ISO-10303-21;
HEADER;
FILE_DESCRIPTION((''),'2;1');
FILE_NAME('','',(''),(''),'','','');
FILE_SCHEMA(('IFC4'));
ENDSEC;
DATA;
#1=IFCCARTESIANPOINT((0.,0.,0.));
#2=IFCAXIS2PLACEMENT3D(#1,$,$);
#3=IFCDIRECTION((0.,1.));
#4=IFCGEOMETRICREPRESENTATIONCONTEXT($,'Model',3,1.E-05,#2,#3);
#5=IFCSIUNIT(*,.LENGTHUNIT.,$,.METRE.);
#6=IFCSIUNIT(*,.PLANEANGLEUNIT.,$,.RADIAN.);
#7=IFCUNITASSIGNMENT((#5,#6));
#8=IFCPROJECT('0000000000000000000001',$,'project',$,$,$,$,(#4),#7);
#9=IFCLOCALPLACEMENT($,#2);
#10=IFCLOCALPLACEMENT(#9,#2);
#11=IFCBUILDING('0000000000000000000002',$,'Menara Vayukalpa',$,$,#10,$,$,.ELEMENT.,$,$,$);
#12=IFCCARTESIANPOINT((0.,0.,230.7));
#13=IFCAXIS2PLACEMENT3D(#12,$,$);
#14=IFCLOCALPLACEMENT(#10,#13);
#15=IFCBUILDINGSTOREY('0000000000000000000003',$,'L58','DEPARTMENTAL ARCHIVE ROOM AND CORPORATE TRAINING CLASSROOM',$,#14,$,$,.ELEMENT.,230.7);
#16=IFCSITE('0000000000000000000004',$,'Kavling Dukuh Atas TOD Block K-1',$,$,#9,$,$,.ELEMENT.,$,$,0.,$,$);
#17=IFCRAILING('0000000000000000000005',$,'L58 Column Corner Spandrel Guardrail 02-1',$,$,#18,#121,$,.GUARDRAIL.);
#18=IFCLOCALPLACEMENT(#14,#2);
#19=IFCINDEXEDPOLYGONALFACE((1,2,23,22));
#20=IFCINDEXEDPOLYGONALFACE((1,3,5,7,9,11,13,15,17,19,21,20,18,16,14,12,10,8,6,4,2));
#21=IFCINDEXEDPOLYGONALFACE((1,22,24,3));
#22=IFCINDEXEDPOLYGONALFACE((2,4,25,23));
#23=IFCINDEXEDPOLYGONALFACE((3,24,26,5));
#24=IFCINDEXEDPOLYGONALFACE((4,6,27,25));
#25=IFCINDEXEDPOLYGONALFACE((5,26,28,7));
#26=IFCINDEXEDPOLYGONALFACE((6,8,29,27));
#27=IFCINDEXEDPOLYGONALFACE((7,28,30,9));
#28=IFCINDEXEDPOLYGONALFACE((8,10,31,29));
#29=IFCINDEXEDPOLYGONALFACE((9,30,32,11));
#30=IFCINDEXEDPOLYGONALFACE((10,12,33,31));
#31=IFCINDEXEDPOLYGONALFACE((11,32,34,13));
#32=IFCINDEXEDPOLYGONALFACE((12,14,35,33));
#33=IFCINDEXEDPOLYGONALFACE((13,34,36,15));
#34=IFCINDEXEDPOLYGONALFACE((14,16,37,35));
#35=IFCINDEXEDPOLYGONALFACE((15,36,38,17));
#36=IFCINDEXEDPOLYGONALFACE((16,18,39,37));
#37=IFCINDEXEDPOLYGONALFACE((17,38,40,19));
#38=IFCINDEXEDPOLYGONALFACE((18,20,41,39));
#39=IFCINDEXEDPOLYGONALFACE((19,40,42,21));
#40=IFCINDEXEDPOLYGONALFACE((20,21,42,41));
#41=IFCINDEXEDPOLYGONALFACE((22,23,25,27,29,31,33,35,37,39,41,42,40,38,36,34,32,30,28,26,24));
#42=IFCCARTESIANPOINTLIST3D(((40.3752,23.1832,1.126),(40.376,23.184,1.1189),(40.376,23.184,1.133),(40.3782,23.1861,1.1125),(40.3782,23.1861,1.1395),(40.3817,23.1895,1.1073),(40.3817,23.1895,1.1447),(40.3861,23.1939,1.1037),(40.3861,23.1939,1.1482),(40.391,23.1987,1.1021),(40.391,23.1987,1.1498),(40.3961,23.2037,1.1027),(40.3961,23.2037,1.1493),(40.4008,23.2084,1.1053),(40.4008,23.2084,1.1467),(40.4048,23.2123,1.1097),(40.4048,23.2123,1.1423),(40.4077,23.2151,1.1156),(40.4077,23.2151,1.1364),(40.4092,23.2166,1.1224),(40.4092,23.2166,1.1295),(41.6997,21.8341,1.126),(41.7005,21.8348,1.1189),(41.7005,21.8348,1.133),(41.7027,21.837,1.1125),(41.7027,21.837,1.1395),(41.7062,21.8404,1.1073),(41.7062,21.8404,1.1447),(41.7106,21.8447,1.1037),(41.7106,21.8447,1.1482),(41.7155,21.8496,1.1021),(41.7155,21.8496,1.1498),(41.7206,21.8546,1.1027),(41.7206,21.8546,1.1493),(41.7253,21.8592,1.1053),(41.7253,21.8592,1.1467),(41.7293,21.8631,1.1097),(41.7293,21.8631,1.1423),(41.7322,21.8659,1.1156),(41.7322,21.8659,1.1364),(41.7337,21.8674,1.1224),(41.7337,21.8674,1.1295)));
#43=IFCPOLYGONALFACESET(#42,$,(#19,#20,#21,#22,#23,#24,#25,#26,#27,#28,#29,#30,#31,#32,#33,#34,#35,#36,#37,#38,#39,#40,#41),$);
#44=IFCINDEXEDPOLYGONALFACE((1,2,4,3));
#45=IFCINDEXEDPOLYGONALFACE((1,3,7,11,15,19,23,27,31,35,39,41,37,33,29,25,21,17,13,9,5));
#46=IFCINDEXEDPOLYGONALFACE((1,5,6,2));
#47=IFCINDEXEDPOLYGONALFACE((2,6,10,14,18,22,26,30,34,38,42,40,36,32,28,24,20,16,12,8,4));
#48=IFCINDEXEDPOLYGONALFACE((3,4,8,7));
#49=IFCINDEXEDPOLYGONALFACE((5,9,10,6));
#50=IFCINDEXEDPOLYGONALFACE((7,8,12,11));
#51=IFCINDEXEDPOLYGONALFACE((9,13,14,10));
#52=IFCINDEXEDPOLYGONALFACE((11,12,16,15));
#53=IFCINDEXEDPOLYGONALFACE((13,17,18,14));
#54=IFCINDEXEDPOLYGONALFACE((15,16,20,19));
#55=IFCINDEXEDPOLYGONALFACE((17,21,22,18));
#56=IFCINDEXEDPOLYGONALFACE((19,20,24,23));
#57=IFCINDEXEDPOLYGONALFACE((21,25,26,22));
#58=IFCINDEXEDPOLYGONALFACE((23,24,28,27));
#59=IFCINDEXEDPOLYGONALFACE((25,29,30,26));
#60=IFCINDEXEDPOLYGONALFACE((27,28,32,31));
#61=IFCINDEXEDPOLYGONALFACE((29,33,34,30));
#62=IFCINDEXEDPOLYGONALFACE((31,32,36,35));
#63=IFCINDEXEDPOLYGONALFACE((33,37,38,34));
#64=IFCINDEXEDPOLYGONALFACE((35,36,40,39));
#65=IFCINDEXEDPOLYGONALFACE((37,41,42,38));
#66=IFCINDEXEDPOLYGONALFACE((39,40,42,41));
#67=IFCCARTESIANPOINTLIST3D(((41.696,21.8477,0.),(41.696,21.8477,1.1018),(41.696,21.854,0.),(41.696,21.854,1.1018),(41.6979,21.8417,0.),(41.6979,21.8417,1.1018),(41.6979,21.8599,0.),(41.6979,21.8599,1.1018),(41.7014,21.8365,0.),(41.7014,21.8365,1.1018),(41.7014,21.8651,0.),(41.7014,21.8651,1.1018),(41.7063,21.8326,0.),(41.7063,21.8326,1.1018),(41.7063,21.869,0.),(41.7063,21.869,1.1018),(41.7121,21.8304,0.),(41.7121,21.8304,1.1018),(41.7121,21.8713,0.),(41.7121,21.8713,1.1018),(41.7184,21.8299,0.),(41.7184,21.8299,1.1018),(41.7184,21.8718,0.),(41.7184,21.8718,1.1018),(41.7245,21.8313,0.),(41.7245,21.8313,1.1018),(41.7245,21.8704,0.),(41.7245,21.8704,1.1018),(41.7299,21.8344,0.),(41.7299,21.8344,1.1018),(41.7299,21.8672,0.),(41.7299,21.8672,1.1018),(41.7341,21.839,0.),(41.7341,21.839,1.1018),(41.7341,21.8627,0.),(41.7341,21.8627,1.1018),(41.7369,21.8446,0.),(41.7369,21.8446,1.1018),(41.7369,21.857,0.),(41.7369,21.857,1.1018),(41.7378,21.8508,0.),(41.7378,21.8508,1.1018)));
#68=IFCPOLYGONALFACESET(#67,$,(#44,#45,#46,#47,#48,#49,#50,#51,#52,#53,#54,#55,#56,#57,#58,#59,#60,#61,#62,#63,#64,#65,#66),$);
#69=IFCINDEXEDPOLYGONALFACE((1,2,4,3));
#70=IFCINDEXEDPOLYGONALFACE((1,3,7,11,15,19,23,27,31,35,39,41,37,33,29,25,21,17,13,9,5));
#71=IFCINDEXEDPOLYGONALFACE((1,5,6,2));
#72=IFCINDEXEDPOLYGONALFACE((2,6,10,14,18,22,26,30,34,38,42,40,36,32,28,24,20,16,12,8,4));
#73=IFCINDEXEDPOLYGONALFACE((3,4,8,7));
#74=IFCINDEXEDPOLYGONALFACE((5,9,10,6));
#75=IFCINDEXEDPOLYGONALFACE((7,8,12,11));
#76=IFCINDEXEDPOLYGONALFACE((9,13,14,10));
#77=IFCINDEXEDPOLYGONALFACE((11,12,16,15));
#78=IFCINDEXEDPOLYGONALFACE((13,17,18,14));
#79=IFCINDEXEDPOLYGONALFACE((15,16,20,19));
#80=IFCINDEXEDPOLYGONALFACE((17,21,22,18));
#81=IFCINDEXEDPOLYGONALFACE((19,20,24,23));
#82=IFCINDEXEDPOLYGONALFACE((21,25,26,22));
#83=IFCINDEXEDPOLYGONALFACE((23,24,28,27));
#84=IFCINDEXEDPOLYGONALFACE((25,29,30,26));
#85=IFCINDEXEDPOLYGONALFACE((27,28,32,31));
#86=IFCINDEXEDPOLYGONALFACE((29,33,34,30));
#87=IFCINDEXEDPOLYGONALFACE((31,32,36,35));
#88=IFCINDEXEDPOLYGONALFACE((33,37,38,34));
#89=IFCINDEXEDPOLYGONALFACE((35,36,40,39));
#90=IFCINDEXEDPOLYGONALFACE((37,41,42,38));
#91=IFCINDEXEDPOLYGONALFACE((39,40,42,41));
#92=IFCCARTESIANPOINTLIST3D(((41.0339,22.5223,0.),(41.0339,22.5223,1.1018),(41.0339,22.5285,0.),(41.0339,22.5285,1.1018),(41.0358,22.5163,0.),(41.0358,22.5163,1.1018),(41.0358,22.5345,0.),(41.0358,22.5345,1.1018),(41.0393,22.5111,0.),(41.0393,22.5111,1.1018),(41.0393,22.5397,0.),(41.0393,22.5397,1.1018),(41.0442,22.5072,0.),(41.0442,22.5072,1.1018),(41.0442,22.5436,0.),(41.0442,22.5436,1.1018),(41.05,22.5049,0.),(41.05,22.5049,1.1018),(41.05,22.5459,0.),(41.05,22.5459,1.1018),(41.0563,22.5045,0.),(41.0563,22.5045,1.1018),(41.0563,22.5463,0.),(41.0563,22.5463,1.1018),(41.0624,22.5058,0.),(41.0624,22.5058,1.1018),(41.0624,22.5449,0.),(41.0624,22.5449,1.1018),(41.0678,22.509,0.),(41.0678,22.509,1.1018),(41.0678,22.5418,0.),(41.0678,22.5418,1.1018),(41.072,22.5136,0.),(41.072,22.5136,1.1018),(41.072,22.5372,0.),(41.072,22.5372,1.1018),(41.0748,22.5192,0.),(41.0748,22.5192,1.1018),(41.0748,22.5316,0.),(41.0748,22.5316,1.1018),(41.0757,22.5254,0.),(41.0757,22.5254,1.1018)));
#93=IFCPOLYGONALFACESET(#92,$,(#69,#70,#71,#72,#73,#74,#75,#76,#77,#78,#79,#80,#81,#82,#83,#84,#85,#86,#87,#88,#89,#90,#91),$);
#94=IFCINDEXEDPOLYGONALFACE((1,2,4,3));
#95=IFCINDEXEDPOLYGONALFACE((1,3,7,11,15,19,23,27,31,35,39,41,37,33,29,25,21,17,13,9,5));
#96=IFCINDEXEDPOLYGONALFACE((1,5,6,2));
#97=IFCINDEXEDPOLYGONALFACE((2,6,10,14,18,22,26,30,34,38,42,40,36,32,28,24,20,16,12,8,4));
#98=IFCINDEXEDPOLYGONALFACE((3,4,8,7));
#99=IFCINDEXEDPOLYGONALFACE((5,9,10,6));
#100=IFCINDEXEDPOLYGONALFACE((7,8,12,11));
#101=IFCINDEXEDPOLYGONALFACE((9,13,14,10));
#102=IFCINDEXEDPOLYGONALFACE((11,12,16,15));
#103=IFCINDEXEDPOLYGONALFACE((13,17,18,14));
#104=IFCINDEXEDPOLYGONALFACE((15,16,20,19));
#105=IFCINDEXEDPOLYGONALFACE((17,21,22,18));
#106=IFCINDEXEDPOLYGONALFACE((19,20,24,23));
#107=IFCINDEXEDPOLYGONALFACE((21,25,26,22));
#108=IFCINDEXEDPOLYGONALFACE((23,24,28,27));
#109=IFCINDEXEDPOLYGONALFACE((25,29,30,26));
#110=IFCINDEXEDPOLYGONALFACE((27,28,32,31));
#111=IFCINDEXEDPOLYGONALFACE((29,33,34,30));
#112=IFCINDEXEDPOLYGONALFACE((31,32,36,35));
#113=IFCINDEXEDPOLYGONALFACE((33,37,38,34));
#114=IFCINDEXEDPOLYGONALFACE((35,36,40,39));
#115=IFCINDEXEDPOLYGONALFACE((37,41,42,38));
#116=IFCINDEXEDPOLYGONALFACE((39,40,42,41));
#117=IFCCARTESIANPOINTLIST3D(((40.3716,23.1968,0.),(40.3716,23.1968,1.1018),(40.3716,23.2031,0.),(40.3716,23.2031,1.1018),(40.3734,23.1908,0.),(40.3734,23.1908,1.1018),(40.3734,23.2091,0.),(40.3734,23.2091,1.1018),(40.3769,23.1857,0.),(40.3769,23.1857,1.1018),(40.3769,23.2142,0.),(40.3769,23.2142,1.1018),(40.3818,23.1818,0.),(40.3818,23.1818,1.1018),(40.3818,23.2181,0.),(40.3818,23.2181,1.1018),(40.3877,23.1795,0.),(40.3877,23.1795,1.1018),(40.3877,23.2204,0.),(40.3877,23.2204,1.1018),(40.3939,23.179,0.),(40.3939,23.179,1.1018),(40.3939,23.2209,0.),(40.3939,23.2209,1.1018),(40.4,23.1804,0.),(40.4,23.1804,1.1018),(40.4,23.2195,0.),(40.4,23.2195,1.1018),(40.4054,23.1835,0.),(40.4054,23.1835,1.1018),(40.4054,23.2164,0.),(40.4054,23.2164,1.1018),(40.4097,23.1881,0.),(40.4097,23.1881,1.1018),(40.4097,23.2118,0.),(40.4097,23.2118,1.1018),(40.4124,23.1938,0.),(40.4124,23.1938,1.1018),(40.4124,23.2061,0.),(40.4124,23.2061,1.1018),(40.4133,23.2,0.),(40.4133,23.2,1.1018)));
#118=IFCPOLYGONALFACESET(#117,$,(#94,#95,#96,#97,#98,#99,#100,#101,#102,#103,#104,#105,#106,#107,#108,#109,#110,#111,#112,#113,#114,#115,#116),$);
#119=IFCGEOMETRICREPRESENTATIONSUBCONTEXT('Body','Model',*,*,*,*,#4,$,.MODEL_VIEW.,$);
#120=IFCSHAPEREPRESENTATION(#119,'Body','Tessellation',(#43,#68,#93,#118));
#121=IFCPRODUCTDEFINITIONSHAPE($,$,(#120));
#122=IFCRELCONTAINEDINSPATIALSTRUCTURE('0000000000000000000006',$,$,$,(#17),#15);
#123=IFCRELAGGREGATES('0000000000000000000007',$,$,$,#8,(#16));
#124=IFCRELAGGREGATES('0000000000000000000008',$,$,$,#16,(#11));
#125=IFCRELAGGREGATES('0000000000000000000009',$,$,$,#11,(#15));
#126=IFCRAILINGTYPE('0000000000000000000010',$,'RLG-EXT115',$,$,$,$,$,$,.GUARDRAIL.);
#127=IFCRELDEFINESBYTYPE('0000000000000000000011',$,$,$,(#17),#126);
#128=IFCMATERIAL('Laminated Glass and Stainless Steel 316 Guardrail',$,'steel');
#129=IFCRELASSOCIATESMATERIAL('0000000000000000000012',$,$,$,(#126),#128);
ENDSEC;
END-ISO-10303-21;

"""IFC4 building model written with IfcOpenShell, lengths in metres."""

from ifc_helpers import new_model, si_unit, direction, frame, origin, origin_2d, place, context, subcontext, project, spatial, circle, extrude, material, type_object, element, save


model = new_model("IFC4")

# Units and contexts
model_context = context("Model", 3, precision=1e-05, world=origin(), true_north=direction((0.0, 1.0)))
body_context = subcontext(model_context, "Body", "Model", "MODEL_VIEW")
ifc_project = project(units=[si_unit("LENGTHUNIT", "METRE"), si_unit("PLANEANGLEUNIT", "RADIAN")], contexts=[model_context])

# Site, building, storey
site_placement = place(None, origin())
site = spatial("IfcSite", under=ifc_project, at=site_placement, Name="Kavling Dukuh Atas TOD Block K-1", CompositionType="ELEMENT", RefElevation=0.0)
building_placement = place(site_placement, origin())
building = spatial("IfcBuilding", under=site, at=building_placement, Name="Menara Vayukalpa", CompositionType="ELEMENT")
storey_placement = place(building_placement, frame((0.0, 0.0, 230.7)))
storey = spatial("IfcBuildingStorey", under=building, at=storey_placement, Name="L58", Description="DEPARTMENTAL ARCHIVE ROOM AND CORPORATE TRAINING CLASSROOM", CompositionType="ELEMENT", Elevation=230.7)

# Railing
ifc_material_1 = material(Name="Laminated Glass and Stainless Steel 316 Guardrail", Category="steel")
railing_type_1 = type_object("IfcRailingType", Name="RLG-EXT115", PredefinedType="GUARDRAIL", material=ifc_material_1)
railing_1_placement = place(storey_placement, frame((41.7168, 21.8508, 0.0)))
element("IfcRailing", 1, at=railing_1_placement, inside=storey, type_object=railing_type_1, Name="L58 Column Corner Spandrel Guardrail 02-1", PredefinedType="GUARDRAIL", context=body_context, shape_type="SweptSolid", body=[
    extrude(circle(Radius=0.0239, at=origin_2d()), frame((0.0, 0.0, 1.126), z_axis=(-0.700555, 0.713598, 0.0), x_axis=(-0.713598, -0.700555, 0.0)), (0.0, 0.0, 1.0), 1.8906),
    extrude(circle(Radius=0.021, at=origin_2d()), origin(), (0.0, 0.0, 1.0), 1.1018),
    extrude(circle(Radius=0.021, at=origin_2d()), frame((-0.6621, 0.6746, 0.0)), (0.0, 0.0, 1.0), 1.1018),
    extrude(circle(Radius=0.021, at=origin_2d()), frame((-1.3245, 1.3491, 0.0)), (0.0, 0.0, 1.0), 1.1018),
])

save(model, "model.ifc")
